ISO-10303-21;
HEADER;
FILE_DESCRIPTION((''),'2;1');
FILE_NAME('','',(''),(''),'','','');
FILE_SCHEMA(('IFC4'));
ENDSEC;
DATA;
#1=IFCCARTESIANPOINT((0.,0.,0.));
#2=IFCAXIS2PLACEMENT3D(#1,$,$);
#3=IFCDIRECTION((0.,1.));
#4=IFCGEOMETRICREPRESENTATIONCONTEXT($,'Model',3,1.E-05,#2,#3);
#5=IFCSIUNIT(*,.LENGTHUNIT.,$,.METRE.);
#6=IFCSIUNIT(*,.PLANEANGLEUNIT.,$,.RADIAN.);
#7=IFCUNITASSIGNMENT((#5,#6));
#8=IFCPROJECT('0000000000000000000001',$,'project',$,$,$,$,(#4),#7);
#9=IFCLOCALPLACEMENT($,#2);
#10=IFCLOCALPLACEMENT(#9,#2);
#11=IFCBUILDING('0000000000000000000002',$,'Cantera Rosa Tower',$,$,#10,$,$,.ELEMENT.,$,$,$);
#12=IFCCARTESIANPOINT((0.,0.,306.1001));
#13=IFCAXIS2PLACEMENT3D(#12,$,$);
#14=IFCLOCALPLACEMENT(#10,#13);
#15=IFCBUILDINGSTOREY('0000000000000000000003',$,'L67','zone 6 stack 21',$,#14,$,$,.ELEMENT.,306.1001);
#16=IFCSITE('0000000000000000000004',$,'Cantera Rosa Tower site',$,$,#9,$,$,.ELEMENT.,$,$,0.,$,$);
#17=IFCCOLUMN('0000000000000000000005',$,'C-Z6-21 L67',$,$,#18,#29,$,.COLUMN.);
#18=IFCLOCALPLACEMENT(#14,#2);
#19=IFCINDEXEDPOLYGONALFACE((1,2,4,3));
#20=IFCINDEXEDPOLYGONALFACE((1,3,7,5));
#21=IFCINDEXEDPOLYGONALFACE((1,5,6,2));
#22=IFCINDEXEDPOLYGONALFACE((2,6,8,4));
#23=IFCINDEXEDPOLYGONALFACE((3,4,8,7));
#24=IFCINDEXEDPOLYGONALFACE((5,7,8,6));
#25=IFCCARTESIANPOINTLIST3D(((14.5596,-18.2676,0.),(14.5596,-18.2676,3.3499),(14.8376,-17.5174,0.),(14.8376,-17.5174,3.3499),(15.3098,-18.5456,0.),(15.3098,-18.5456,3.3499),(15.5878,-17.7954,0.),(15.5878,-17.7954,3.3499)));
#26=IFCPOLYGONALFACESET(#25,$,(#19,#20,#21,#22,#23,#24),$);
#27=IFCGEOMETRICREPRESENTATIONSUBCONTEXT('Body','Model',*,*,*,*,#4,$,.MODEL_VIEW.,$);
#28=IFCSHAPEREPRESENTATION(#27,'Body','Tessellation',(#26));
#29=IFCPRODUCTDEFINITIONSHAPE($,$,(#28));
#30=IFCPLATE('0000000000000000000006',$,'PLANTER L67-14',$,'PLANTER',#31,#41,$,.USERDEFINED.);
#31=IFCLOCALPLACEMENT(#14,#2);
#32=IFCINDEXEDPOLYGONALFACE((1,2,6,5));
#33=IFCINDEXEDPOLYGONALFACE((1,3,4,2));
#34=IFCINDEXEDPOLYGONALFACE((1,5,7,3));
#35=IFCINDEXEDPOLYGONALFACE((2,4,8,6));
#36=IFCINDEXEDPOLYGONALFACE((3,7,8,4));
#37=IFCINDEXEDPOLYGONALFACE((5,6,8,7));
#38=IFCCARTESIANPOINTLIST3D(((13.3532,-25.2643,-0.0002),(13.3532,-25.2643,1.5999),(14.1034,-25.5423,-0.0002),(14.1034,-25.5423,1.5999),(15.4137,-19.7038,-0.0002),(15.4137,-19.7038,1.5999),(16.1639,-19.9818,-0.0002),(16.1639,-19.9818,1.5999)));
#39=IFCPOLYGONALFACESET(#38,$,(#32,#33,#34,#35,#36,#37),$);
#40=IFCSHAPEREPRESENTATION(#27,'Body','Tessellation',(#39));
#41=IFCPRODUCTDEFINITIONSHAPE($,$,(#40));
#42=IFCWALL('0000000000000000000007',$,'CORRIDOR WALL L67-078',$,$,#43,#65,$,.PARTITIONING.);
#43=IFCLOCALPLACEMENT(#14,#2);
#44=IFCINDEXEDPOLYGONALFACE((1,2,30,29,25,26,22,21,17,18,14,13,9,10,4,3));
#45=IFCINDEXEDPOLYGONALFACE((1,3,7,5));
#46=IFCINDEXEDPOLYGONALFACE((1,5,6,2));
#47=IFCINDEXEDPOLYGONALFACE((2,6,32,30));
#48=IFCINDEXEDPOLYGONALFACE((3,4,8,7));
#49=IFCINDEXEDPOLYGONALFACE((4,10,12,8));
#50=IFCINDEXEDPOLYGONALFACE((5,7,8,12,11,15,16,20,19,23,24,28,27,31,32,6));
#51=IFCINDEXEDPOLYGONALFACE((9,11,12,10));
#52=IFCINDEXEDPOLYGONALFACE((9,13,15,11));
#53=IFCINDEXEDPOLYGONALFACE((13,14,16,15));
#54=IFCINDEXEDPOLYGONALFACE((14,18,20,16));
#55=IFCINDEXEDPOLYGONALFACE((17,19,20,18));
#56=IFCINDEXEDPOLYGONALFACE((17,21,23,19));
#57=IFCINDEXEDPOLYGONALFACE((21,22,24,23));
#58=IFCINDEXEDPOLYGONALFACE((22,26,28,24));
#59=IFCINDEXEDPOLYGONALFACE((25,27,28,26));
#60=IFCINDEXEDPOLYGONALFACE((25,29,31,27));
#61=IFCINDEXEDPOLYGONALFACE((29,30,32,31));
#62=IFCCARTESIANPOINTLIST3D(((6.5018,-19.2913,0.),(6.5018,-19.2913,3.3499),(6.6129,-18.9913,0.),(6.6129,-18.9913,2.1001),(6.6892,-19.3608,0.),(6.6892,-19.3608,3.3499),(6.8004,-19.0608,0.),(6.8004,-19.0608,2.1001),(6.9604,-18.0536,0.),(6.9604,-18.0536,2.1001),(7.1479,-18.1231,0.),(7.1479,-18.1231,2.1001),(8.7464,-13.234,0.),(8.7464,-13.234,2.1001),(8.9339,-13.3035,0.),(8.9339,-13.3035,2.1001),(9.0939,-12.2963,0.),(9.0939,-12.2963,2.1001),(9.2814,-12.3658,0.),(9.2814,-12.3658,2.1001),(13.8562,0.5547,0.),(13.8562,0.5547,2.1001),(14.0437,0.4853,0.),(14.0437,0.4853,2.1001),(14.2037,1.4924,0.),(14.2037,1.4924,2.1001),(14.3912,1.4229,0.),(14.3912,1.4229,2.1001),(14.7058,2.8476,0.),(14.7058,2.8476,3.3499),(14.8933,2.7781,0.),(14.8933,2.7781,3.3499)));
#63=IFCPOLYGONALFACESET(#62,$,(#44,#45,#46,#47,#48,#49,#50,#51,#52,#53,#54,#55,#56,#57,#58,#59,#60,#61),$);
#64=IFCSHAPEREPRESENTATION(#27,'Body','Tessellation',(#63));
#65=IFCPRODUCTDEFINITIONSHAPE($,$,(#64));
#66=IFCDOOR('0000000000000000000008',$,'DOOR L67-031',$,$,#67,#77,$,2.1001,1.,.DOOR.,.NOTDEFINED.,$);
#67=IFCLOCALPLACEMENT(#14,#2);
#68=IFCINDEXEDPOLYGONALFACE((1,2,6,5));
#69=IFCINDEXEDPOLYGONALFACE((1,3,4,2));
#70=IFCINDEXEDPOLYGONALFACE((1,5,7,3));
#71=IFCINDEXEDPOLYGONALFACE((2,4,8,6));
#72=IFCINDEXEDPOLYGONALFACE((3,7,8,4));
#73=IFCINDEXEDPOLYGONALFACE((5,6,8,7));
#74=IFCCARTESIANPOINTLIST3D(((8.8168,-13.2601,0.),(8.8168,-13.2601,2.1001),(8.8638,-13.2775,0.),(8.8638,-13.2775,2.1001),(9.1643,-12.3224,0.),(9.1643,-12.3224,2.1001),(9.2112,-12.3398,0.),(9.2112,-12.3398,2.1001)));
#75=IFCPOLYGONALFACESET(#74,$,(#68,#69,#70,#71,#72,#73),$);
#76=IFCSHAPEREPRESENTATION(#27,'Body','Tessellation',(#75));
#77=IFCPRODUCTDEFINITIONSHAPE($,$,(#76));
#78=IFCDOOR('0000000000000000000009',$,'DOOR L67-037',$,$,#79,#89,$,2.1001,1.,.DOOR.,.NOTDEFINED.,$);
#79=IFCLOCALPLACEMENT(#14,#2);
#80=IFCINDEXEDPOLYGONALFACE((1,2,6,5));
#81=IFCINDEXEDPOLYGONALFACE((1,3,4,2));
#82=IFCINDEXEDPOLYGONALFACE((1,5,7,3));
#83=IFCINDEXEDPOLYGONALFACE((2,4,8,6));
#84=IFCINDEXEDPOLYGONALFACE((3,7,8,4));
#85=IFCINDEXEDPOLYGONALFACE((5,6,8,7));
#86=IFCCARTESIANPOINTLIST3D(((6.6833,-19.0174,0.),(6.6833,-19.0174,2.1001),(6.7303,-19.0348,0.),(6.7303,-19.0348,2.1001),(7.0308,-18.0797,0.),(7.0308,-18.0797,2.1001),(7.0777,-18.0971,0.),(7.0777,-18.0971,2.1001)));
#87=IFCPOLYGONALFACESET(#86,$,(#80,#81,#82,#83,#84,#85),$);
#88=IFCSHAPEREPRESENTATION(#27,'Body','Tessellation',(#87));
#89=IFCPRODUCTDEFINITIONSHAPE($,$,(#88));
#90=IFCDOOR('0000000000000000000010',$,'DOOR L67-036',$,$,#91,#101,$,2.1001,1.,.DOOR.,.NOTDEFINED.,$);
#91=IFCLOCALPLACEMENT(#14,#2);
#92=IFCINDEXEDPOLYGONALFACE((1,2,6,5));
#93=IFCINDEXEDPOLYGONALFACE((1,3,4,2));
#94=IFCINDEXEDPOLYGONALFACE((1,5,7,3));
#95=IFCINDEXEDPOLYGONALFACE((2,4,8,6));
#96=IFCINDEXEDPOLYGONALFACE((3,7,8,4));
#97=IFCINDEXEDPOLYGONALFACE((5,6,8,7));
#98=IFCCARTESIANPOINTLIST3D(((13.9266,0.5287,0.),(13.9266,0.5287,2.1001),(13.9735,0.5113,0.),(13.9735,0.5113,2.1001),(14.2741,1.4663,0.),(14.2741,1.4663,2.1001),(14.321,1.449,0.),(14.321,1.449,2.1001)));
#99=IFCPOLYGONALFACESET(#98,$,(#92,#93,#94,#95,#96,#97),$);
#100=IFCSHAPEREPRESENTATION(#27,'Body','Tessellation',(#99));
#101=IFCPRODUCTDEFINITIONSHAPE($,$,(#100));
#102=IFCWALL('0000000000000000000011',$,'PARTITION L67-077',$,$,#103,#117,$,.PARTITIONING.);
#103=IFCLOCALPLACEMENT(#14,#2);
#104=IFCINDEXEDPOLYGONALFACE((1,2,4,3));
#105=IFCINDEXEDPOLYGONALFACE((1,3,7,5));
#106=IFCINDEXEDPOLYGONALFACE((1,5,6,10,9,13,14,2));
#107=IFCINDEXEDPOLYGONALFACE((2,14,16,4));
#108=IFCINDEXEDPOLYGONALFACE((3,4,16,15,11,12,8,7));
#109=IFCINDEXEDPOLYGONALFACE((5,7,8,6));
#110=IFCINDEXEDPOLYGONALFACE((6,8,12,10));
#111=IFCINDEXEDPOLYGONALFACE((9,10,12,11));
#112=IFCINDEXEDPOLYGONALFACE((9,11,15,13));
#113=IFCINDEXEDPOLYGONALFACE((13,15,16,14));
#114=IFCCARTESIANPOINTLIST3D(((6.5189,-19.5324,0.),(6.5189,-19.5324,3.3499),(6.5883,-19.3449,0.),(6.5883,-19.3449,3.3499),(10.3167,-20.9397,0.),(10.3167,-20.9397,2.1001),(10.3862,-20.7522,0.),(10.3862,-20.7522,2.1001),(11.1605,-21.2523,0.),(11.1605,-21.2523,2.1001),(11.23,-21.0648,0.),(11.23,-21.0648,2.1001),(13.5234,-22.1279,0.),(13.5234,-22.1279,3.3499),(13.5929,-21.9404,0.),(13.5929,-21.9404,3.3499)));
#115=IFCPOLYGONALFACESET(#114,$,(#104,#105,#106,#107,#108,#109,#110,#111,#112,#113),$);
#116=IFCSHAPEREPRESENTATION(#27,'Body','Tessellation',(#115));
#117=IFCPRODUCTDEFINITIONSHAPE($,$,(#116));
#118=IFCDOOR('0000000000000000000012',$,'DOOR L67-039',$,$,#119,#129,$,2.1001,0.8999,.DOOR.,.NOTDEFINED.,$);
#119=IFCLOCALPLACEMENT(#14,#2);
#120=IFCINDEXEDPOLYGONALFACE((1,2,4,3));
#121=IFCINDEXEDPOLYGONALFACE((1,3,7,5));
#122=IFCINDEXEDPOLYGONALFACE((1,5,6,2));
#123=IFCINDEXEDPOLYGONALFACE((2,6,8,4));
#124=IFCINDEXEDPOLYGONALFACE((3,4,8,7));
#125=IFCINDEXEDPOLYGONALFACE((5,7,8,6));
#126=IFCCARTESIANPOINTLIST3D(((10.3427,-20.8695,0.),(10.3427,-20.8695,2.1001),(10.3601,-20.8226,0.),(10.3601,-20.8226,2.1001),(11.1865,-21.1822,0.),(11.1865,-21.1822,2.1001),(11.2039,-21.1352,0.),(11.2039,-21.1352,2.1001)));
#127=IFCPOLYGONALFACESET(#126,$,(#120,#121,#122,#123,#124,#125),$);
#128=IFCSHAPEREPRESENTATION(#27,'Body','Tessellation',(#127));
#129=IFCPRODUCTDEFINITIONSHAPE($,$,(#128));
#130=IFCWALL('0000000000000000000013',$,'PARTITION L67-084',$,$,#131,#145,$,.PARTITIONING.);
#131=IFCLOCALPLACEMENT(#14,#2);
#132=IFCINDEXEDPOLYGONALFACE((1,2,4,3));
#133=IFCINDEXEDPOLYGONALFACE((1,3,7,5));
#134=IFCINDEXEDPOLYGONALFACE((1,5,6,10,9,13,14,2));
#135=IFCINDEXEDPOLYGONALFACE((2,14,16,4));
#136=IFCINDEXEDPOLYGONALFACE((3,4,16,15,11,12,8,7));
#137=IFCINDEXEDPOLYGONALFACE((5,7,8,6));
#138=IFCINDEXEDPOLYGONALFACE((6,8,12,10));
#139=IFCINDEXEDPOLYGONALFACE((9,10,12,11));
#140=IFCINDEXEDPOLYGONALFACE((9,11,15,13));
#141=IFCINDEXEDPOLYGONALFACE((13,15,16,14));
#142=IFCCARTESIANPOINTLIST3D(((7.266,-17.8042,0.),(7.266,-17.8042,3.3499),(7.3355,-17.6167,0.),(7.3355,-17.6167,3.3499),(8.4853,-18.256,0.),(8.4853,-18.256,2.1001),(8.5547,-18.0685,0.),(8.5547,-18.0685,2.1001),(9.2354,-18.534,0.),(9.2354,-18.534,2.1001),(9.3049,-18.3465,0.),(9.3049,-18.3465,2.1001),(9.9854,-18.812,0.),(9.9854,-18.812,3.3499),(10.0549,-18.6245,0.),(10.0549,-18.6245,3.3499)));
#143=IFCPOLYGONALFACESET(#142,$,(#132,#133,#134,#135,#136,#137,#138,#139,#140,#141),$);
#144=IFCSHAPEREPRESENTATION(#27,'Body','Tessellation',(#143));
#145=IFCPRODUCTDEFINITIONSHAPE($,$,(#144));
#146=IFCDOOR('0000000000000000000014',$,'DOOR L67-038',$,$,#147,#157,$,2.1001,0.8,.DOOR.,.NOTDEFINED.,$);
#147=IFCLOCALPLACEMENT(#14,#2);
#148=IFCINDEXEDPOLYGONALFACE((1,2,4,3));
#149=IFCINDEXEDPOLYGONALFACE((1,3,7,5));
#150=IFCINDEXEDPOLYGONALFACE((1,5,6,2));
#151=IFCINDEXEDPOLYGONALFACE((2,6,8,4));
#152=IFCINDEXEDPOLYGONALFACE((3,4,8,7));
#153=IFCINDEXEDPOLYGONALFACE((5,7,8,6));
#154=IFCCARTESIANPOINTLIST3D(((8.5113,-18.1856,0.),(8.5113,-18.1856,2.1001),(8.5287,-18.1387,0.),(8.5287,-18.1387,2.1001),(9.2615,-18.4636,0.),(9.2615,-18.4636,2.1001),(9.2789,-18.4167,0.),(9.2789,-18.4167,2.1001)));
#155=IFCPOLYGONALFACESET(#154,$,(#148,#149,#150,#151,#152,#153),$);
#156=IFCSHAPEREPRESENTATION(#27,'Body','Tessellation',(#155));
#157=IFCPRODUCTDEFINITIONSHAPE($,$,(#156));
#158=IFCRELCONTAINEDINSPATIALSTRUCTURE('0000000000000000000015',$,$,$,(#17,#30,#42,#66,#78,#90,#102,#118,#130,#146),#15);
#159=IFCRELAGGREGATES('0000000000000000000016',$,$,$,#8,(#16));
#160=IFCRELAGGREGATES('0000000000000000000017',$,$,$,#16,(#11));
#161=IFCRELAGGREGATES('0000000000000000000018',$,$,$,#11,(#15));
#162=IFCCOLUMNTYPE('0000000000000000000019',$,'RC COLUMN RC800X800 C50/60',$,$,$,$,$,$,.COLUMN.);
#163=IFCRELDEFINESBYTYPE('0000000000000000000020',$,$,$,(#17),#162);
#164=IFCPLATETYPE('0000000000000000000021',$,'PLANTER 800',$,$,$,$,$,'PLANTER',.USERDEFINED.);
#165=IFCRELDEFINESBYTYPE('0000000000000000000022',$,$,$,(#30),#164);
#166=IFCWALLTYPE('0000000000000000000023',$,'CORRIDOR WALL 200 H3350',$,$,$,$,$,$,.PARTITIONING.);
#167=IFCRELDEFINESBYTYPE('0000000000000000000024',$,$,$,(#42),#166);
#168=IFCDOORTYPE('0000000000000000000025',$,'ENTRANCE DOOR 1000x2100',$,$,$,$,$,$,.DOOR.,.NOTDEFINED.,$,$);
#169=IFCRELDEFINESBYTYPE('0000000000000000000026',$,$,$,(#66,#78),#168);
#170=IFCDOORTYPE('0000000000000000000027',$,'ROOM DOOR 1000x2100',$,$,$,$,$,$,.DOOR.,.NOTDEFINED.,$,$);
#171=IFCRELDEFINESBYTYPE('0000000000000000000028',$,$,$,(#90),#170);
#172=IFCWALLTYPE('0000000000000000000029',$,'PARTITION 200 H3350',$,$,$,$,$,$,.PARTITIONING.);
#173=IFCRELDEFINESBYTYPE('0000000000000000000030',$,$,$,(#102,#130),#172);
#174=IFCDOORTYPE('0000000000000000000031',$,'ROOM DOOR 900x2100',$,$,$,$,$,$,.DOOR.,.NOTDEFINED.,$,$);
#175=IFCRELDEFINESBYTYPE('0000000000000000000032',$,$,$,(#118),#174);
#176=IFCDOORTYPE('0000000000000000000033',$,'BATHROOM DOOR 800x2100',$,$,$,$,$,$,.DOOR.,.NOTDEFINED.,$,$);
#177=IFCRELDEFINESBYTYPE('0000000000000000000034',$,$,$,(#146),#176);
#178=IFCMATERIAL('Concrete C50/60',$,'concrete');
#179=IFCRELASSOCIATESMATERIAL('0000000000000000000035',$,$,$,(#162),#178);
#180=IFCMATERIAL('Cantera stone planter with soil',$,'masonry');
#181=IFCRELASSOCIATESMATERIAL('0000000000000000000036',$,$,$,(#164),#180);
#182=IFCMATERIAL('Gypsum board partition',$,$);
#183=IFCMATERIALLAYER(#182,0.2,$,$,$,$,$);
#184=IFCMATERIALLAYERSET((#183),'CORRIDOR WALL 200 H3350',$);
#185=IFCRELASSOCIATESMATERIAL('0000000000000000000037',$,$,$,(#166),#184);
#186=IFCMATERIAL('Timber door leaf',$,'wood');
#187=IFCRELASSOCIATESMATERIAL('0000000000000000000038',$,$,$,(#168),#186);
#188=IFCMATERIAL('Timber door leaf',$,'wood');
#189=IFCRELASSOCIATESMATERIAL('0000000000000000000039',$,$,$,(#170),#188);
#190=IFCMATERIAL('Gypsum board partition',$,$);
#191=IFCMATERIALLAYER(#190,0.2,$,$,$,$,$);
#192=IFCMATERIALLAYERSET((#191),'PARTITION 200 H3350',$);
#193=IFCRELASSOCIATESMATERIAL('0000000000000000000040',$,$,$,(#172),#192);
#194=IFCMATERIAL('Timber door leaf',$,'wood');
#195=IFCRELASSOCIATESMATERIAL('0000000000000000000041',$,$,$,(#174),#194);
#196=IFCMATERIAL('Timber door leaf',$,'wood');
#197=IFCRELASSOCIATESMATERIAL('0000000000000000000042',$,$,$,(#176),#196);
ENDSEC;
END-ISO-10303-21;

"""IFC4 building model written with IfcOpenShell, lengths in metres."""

from ifc_helpers import new_model, si_unit, direction, frame, frame_2d, origin, origin_2d, place, context, subcontext, project, spatial, rectangle, extrude, material, layer, layer_set, material_profile, profile_set, type_object, element, fill, save


model = new_model("IFC4")

# Units and contexts
model_context = context("Model", 3, precision=1e-05, world=origin(), true_north=direction((0.0, 1.0)))
body_context = subcontext(model_context, "Body", "Model", "MODEL_VIEW")
ifc_project = project(units=[si_unit("LENGTHUNIT", "METRE"), si_unit("PLANEANGLEUNIT", "RADIAN")], contexts=[model_context])

# Site, building, storey
site_placement = place(None, origin())
site = spatial("IfcSite", under=ifc_project, at=site_placement, Name="Cantera Rosa Tower site", CompositionType="ELEMENT", RefElevation=0.0)
building_placement = place(site_placement, origin())
building = spatial("IfcBuilding", under=site, at=building_placement, Name="Cantera Rosa Tower", CompositionType="ELEMENT")
storey_placement = place(building_placement, frame((0.0, 0.0, 306.1001)))
storey = spatial("IfcBuildingStorey", under=building, at=storey_placement, Name="L67", Description="zone 6 stack 21", CompositionType="ELEMENT", Elevation=306.1001)

# Column
ifc_material_1 = material(Name="Concrete C50/60", Category="concrete")
ifc_material_profile = material_profile(ifc_material_1, rectangle(XDim=0.8, YDim=0.8, at=origin_2d()), Name="RC COLUMN RC800X800 C50/60")
ifc_profile_set = profile_set([ifc_material_profile], Name="Concrete C50/60")
column_type = type_object("IfcColumnType", Name="RC COLUMN RC800X800 C50/60", PredefinedType="COLUMN", material=ifc_profile_set)
column_placement = place(storey_placement, frame((15.0737, -18.0315, 0.0), z_axis=(0.0, 0.0, 1.0), x_axis=(0.347481, 0.937687, 0.0)))
element("IfcColumn", 1, at=column_placement, inside=storey, type_object=column_type, Name="C-Z6-21 L67", PredefinedType="COLUMN", context=body_context, shape_type="SweptSolid", body=[
    extrude(rectangle(XDim=0.8, YDim=0.8, at=origin_2d()), origin(), (0.0, 0.0, 1.0), 3.3499),
])

# Plate
ifc_material_2 = material(Name="Cantera stone planter with soil", Category="masonry")
plate_type = type_object("IfcPlateType", Name="PLANTER 800", ElementType="PLANTER", PredefinedType="USERDEFINED", material=ifc_material_2)
plate_placement = place(storey_placement, frame((14.7585, -22.623, -0.0002), z_axis=(0.0, 0.0, 1.0), x_axis=(0.347481, 0.937687, 0.0)))
element("IfcPlate", 2, at=plate_placement, inside=storey, type_object=plate_type, Name="PLANTER L67-14", ObjectType="PLANTER", PredefinedType="USERDEFINED", context=body_context, shape_type="SweptSolid", body=[
    extrude(rectangle(XDim=5.9299, YDim=0.8, at=origin_2d()), origin(), (0.0, 0.0, 1.0), 1.6001),
])

# Wall, openings, doors
ifc_material_3 = material(Name="Gypsum board partition")
ifc_layer_1 = layer(ifc_material_3, 0.2)
ifc_layer_set_1 = layer_set([ifc_layer_1], Name="CORRIDOR WALL 200 H3350")
wall_type_1 = type_object("IfcWallType", Name="CORRIDOR WALL 200 H3350", PredefinedType="PARTITIONING", material=ifc_layer_set_1)
wall_1_placement = place(storey_placement, frame((6.5955, -19.3262, 0.0), z_axis=(0.0, 0.0, 1.0), x_axis=(0.347482, 0.937687, 0.0)))
wall_1 = element("IfcWall", 3, at=wall_1_placement, inside=storey, type_object=wall_type_1, Name="CORRIDOR WALL L67-078", PredefinedType="PARTITIONING", context=body_context, shape_type="SweptSolid", body=[
    extrude(rectangle(XDim=23.6101, YDim=0.2, at=frame_2d((11.8052, 0.0))), origin(), (0.0, 0.0, 1.0), 3.3499),
])
opening_1_placement = place(wall_1_placement, frame((6.46, 0.0, 0.0)))
opening_1 = element("IfcOpeningElement", 4, at=opening_1_placement, cuts=wall_1, PredefinedType="OPENING", context=body_context, shape_type="SweptSolid", body=[
    extrude(rectangle(XDim=1.0, YDim=2.1001, at=frame_2d((0.5, 1.05))), frame((0.0, 0.1099, 0.0), z_axis=(0.0, -1.0, 0.0), x_axis=(1.0, 0.0, 0.0)), (0.0, 0.0, 1.0), 0.22),
])
opening_2_placement = place(wall_1_placement, frame((21.165, 0.0, 0.0)))
opening_2 = element("IfcOpeningElement", 5, at=opening_2_placement, cuts=wall_1, PredefinedType="OPENING", context=body_context, shape_type="SweptSolid", body=[
    extrude(rectangle(XDim=1.0, YDim=2.1001, at=frame_2d((0.5, 1.05))), frame((0.0, 0.1099, 0.0), z_axis=(0.0, -1.0, 0.0), x_axis=(1.0, 0.0, 0.0)), (0.0, 0.0, 1.0), 0.22),
])
opening_3_placement = place(wall_1_placement, frame((0.3201, 0.0, 0.0)))
opening_3 = element("IfcOpeningElement", 6, at=opening_3_placement, cuts=wall_1, PredefinedType="OPENING", context=body_context, shape_type="SweptSolid", body=[
    extrude(rectangle(XDim=1.0, YDim=2.1001, at=frame_2d((0.5, 1.05))), frame((0.0, 0.1099, 0.0), z_axis=(0.0, -1.0, 0.0), x_axis=(1.0, 0.0, 0.0)), (0.0, 0.0, 1.0), 0.22),
])
ifc_material_4 = material(Name="Timber door leaf", Category="wood")
door_type_1 = type_object("IfcDoorType", Name="ENTRANCE DOOR 1000x2100", OperationType="NOTDEFINED", PredefinedType="DOOR", material=ifc_material_4)
door_1_placement = place(opening_1_placement, origin())
door_1 = element("IfcDoor", 7, at=door_1_placement, inside=storey, type_object=door_type_1, Name="DOOR L67-031", OperationType="NOTDEFINED", OverallHeight=2.1001, OverallWidth=1.0, PredefinedType="DOOR", context=body_context, shape_type="SweptSolid", body=[
    extrude(rectangle(XDim=1.0, YDim=2.1001, at=frame_2d((0.5, 1.05))), frame((0.0, 0.0249, 0.0), z_axis=(0.0, -1.0, 0.0), x_axis=(1.0, 0.0, 0.0)), (0.0, 0.0, 1.0), 0.05),
])
fill(opening_1, door_1)
door_2_placement = place(opening_3_placement, origin())
door_2 = element("IfcDoor", 8, at=door_2_placement, inside=storey, type_object=door_type_1, Name="DOOR L67-037", OperationType="NOTDEFINED", OverallHeight=2.1001, OverallWidth=1.0, PredefinedType="DOOR", context=body_context, shape_type="SweptSolid", body=[
    extrude(rectangle(XDim=1.0, YDim=2.1001, at=frame_2d((0.5, 1.05))), frame((0.0, 0.0249, 0.0), z_axis=(0.0, -1.0, 0.0), x_axis=(1.0, 0.0, 0.0)), (0.0, 0.0, 1.0), 0.05),
])
fill(opening_3, door_2)
ifc_material_5 = material(Name="Timber door leaf", Category="wood")
door_type_2 = type_object("IfcDoorType", Name="ROOM DOOR 1000x2100", OperationType="NOTDEFINED", PredefinedType="DOOR", material=ifc_material_5)
door_3_placement = place(opening_2_placement, origin())
door_3 = element("IfcDoor", 9, at=door_3_placement, inside=storey, type_object=door_type_2, Name="DOOR L67-036", OperationType="NOTDEFINED", OverallHeight=2.1001, OverallWidth=1.0, PredefinedType="DOOR", context=body_context, shape_type="SweptSolid", body=[
    extrude(rectangle(XDim=1.0, YDim=2.1001, at=frame_2d((0.5, 1.05))), frame((0.0, 0.0249, 0.0), z_axis=(0.0, -1.0, 0.0), x_axis=(1.0, 0.0, 0.0)), (0.0, 0.0, 1.0), 0.05),
])
fill(opening_2, door_3)

# Walls, openings, doors
ifc_material_6 = material(Name="Gypsum board partition")
ifc_layer_2 = layer(ifc_material_6, 0.2)
ifc_layer_set_2 = layer_set([ifc_layer_2], Name="PARTITION 200 H3350")
wall_type_2 = type_object("IfcWallType", Name="PARTITION 200 H3350", PredefinedType="PARTITIONING", material=ifc_layer_set_2)
wall_2_placement = place(storey_placement, frame((6.5537, -19.4387, 0.0), z_axis=(0.0, 0.0, 1.0), x_axis=(0.937699, -0.34745, 0.0)))
wall_2 = element("IfcWall", 10, at=wall_2_placement, inside=storey, type_object=wall_type_2, Name="PARTITION L67-077", PredefinedType="PARTITIONING", context=body_context, shape_type="SweptSolid", body=[
    extrude(rectangle(XDim=7.47, YDim=0.2, at=frame_2d((3.7349, 0.0))), origin(), (0.0, 0.0, 1.0), 3.3499),
])
opening_4_placement = place(wall_2_placement, frame((4.05, 0.0, 0.0)))
opening_4 = element("IfcOpeningElement", 11, at=opening_4_placement, cuts=wall_2, PredefinedType="OPENING", context=body_context, shape_type="SweptSolid", body=[
    extrude(rectangle(XDim=0.8999, YDim=2.1001, at=frame_2d((0.45, 1.05))), frame((0.0, 0.1099, 0.0), z_axis=(0.0, -1.0, 0.0), x_axis=(1.0, 0.0, 0.0)), (0.0, 0.0, 1.0), 0.22),
])
ifc_material_7 = material(Name="Timber door leaf", Category="wood")
door_type_3 = type_object("IfcDoorType", Name="ROOM DOOR 900x2100", OperationType="NOTDEFINED", PredefinedType="DOOR", material=ifc_material_7)
door_4_placement = place(opening_4_placement, origin())
door_4 = element("IfcDoor", 12, at=door_4_placement, inside=storey, type_object=door_type_3, Name="DOOR L67-039", OperationType="NOTDEFINED", OverallHeight=2.1001, OverallWidth=0.8999, PredefinedType="DOOR", context=body_context, shape_type="SweptSolid", body=[
    extrude(rectangle(XDim=0.8999, YDim=2.1001, at=frame_2d((0.45, 1.05))), frame((0.0, 0.0249, 0.0), z_axis=(0.0, -1.0, 0.0), x_axis=(1.0, 0.0, 0.0)), (0.0, 0.0, 1.0), 0.05),
])
fill(opening_4, door_4)
wall_3_placement = place(storey_placement, frame((10.0203, -18.7183, 0.0), z_axis=(0.0, 0.0, 1.0), x_axis=(-0.937682, 0.347495, 0.0)))
wall_3 = element("IfcWall", 13, at=wall_3_placement, inside=storey, type_object=wall_type_2, Name="PARTITION L67-084", PredefinedType="PARTITIONING", context=body_context, shape_type="SweptSolid", body=[
    extrude(rectangle(XDim=2.9001, YDim=0.2, at=frame_2d((1.4502, 0.0))), origin(), (0.0, 0.0, 1.0), 3.3499),
])
opening_5_placement = place(wall_3_placement, frame((0.8, 0.0, 0.0)))
opening_5 = element("IfcOpeningElement", 14, at=opening_5_placement, cuts=wall_3, PredefinedType="OPENING", context=body_context, shape_type="SweptSolid", body=[
    extrude(rectangle(XDim=0.8, YDim=2.1001, at=frame_2d((0.3999, 1.05))), frame((0.0, 0.1099, 0.0), z_axis=(0.0, -1.0, 0.0), x_axis=(1.0, 0.0, 0.0)), (0.0, 0.0, 1.0), 0.22),
])
ifc_material_8 = material(Name="Timber door leaf", Category="wood")
door_type_4 = type_object("IfcDoorType", Name="BATHROOM DOOR 800x2100", OperationType="NOTDEFINED", PredefinedType="DOOR", material=ifc_material_8)
door_5_placement = place(opening_5_placement, origin())
door_5 = element("IfcDoor", 15, at=door_5_placement, inside=storey, type_object=door_type_4, Name="DOOR L67-038", OperationType="NOTDEFINED", OverallHeight=2.1001, OverallWidth=0.8, PredefinedType="DOOR", context=body_context, shape_type="SweptSolid", body=[
    extrude(rectangle(XDim=0.8, YDim=2.1001, at=frame_2d((0.3999, 1.05))), frame((0.0, 0.0249, 0.0), z_axis=(0.0, -1.0, 0.0), x_axis=(1.0, 0.0, 0.0)), (0.0, 0.0, 1.0), 0.05),
])
fill(opening_5, door_5)

save(model, "model.ifc")
